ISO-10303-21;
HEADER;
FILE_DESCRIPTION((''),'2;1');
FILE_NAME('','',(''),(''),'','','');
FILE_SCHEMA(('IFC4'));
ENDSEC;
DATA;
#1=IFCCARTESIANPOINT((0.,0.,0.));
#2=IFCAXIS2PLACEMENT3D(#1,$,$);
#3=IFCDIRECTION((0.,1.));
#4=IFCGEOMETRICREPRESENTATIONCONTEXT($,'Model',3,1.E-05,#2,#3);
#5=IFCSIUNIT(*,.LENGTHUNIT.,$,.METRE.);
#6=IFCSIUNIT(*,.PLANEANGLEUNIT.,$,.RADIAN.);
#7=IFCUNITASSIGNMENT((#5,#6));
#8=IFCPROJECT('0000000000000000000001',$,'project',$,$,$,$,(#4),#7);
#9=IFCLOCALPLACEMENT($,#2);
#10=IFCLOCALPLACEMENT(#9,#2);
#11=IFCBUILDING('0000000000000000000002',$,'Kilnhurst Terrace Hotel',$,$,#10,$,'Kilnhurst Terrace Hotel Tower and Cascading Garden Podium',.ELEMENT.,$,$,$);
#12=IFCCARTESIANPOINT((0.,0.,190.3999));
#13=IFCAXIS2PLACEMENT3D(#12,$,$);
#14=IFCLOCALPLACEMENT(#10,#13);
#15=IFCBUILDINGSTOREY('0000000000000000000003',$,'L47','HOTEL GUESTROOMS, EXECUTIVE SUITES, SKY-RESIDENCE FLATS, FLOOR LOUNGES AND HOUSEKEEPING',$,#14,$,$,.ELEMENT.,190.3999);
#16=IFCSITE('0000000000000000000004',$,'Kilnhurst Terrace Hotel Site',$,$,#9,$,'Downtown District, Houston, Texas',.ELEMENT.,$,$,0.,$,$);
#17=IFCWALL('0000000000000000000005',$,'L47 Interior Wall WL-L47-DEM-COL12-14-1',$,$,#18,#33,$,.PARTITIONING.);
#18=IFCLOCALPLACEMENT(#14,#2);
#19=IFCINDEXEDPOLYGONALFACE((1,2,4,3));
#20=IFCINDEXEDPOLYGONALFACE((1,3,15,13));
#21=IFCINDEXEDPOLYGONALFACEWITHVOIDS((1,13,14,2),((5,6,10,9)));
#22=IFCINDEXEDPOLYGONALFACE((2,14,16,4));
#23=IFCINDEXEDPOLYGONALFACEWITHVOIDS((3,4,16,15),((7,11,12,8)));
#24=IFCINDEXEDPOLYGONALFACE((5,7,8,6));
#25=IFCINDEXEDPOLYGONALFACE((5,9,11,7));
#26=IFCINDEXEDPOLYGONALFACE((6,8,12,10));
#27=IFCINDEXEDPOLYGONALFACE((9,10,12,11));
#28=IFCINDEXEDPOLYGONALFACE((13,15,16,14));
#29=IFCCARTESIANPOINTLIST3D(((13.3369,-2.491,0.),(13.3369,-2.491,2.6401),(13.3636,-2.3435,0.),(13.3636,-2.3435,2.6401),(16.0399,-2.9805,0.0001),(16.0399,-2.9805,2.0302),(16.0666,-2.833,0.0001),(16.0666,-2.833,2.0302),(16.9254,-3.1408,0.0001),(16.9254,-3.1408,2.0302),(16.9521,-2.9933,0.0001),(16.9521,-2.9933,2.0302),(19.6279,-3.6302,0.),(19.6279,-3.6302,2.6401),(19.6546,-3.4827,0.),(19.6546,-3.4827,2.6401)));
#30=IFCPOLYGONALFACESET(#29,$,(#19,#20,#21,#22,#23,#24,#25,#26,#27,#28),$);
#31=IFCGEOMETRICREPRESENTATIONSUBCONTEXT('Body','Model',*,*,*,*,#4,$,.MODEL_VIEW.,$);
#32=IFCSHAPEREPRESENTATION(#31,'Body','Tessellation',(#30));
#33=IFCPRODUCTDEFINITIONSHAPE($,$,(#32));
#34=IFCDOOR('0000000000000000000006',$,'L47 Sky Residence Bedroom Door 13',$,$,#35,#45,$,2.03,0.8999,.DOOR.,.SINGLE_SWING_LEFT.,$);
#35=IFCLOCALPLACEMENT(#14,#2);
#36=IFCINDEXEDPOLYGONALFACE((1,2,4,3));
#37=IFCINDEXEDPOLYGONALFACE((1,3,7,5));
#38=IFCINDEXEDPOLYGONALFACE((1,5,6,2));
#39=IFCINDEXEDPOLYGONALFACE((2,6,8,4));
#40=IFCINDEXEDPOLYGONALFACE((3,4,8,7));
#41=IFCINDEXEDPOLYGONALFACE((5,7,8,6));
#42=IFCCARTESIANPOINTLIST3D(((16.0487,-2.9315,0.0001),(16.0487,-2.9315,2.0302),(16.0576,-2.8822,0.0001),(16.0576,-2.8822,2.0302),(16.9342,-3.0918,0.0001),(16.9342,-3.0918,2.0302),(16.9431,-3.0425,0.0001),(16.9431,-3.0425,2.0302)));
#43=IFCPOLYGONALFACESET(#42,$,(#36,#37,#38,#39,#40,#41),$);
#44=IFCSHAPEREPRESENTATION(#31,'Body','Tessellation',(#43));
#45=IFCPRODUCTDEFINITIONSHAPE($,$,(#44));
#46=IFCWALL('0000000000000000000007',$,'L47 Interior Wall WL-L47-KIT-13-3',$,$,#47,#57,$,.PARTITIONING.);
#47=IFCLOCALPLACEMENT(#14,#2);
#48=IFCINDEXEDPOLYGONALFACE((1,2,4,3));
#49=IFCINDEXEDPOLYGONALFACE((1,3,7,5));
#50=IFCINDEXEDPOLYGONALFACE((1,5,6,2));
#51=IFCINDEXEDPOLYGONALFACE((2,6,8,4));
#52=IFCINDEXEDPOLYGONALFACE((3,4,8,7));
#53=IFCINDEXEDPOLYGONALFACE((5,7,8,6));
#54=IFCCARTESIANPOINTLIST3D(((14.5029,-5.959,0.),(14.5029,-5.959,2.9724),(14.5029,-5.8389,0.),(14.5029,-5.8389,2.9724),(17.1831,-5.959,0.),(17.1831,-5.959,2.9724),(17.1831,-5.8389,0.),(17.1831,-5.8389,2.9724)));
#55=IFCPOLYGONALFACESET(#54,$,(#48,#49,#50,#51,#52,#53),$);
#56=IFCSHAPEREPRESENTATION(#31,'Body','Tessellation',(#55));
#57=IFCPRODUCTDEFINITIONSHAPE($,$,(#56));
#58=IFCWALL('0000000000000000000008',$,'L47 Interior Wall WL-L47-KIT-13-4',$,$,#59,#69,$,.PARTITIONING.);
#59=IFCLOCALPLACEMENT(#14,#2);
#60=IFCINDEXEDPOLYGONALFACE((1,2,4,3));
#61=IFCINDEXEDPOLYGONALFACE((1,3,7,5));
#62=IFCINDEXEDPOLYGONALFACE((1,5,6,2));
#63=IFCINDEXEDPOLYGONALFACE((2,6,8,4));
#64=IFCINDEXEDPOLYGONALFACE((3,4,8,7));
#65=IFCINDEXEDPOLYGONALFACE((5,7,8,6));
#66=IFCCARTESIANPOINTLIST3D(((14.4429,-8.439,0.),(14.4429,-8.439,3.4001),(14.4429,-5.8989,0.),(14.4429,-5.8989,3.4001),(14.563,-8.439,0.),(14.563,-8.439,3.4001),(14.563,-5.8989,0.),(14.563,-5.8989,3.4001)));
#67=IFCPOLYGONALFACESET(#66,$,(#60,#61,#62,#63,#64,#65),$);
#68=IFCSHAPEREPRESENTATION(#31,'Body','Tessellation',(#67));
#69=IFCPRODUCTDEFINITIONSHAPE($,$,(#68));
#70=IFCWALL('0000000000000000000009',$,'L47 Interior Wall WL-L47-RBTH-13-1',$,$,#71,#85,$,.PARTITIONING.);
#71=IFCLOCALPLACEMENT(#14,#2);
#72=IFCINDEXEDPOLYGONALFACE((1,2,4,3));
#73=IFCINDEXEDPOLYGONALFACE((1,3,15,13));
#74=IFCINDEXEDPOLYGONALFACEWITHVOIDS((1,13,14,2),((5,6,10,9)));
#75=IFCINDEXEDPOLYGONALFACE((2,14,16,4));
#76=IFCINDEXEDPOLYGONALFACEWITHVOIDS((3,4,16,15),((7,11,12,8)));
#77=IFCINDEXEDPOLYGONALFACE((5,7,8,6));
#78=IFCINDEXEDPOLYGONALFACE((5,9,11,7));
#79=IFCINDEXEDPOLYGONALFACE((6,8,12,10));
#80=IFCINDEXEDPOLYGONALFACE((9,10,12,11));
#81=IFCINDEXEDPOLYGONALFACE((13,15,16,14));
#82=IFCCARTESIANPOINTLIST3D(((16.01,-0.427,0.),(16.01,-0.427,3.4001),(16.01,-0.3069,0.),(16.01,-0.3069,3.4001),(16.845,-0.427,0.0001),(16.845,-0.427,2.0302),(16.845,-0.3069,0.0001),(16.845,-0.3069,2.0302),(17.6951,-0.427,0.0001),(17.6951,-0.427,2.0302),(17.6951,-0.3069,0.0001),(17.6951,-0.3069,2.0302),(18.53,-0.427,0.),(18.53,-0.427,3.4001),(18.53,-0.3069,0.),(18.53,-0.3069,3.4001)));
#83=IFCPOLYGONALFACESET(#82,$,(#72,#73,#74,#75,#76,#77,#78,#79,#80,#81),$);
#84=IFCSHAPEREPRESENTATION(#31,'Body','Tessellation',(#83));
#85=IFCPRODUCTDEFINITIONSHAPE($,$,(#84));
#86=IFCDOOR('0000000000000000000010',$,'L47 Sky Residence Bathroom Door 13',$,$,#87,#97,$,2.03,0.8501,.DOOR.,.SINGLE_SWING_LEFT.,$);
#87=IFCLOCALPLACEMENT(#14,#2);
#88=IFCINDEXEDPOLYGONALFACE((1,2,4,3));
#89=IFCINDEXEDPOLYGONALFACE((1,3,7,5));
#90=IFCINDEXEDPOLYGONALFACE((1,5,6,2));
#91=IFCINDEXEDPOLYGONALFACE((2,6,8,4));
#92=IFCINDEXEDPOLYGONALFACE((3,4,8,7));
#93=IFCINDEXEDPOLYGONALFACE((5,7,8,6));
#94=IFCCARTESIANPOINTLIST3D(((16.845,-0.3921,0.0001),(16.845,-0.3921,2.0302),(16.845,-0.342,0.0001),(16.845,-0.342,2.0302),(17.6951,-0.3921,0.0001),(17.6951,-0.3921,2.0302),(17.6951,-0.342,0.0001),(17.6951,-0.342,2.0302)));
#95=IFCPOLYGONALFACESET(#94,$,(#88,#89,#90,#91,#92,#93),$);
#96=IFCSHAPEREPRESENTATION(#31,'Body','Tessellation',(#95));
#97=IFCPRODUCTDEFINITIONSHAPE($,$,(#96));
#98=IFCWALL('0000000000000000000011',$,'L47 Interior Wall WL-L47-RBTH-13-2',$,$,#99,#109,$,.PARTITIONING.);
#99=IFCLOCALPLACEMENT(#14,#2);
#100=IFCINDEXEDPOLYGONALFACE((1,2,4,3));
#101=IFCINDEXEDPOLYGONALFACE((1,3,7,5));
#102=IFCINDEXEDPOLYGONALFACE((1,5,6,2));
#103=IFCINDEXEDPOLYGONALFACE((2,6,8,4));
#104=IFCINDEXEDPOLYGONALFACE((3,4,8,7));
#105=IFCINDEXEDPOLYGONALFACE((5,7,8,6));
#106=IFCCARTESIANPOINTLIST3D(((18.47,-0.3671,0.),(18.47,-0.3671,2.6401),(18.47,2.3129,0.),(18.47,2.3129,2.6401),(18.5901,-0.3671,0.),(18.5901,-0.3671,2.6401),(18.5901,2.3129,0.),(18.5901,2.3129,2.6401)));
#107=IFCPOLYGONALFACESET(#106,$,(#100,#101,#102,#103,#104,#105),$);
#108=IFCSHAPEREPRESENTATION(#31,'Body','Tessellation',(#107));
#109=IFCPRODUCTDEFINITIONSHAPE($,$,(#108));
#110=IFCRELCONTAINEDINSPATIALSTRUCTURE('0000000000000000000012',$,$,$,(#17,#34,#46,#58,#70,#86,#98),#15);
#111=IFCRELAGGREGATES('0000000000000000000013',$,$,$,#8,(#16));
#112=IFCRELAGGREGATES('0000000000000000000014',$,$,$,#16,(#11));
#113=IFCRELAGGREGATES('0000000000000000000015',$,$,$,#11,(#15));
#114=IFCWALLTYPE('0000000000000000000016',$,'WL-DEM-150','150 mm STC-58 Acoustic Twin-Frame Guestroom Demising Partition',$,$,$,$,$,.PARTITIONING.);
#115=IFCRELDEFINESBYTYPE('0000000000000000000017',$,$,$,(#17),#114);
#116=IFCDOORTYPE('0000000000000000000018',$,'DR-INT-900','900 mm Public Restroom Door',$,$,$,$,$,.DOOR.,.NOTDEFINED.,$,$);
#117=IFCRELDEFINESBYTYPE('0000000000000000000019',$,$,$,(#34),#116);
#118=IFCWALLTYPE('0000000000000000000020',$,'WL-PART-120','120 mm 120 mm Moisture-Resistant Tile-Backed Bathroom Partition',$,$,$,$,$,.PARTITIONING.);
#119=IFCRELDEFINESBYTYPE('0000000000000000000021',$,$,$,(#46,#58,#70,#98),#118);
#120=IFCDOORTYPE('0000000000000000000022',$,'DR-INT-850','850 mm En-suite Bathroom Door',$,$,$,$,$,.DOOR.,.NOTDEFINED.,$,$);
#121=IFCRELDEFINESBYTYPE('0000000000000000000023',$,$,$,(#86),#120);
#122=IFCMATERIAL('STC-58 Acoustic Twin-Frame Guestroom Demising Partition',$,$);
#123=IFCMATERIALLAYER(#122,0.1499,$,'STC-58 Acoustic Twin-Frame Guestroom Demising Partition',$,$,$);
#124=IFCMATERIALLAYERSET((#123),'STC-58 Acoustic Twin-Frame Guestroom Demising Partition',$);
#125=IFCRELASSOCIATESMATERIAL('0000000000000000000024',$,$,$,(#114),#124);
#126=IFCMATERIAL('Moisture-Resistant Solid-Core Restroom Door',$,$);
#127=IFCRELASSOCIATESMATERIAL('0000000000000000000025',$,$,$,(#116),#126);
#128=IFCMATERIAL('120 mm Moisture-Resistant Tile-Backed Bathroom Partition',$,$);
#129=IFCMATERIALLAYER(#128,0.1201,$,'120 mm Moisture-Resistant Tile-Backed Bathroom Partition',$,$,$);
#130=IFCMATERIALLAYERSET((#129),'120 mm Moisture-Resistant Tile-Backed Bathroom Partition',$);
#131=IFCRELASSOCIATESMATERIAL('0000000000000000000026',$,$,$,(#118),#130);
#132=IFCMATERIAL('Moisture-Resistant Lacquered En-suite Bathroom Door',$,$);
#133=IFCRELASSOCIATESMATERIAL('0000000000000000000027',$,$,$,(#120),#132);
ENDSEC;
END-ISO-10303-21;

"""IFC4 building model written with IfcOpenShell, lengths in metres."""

from ifc_helpers import new_model, si_unit, direction, frame, frame_2d, origin, place, context, subcontext, project, spatial, rectangle, extrude, material, layer, layer_set, type_object, element, fill, save


model = new_model("IFC4")

# Units and contexts
model_context = context("Model", 3, precision=1e-05, world=origin(), true_north=direction((0.0, 1.0)))
body_context = subcontext(model_context, "Body", "Model", "MODEL_VIEW")
ifc_project = project(units=[si_unit("LENGTHUNIT", "METRE"), si_unit("PLANEANGLEUNIT", "RADIAN")], contexts=[model_context])

# Site, building, storey
site_placement = place(None, origin())
site = spatial("IfcSite", under=ifc_project, at=site_placement, Name="Kilnhurst Terrace Hotel Site", LongName="Downtown District, Houston, Texas", CompositionType="ELEMENT", RefElevation=0.0)
building_placement = place(site_placement, origin())
building = spatial("IfcBuilding", under=site, at=building_placement, Name="Kilnhurst Terrace Hotel", LongName="Kilnhurst Terrace Hotel Tower and Cascading Garden Podium", CompositionType="ELEMENT")
storey_placement = place(building_placement, frame((0.0, 0.0, 190.3999)))
storey = spatial("IfcBuildingStorey", under=building, at=storey_placement, Name="L47", Description="HOTEL GUESTROOMS, EXECUTIVE SUITES, SKY-RESIDENCE FLATS, FLOOR LOUNGES AND HOUSEKEEPING", CompositionType="ELEMENT", Elevation=190.3999)

# Wall, opening, door
ifc_material_1 = material(Name="STC-58 Acoustic Twin-Frame Guestroom Demising Partition")
ifc_layer_1 = layer(ifc_material_1, 0.1499, Name="STC-58 Acoustic Twin-Frame Guestroom Demising Partition")
ifc_layer_set_1 = layer_set([ifc_layer_1], Name="STC-58 Acoustic Twin-Frame Guestroom Demising Partition")
wall_type_1 = type_object("IfcWallType", Name="WL-DEM-150", Description="150 mm STC-58 Acoustic Twin-Frame Guestroom Demising Partition", PredefinedType="PARTITIONING", material=ifc_layer_set_1)
wall_1_placement = place(storey_placement, frame((13.3501, -2.4172, 0.0), z_axis=(0.0, 0.0, 1.0), x_axis=(0.983998, -0.17818, 0.0)))
wall_1 = element("IfcWall", 1, at=wall_1_placement, inside=storey, type_object=wall_type_1, Name="L47 Interior Wall WL-L47-DEM-COL12-14-1", PredefinedType="PARTITIONING", context=body_context, shape_type="SweptSolid", body=[
    extrude(rectangle(XDim=6.3933, YDim=0.1499, at=frame_2d((3.1968, 0.0))), origin(), (0.0, 0.0, 1.0), 2.6401),
])
opening_1_placement = place(wall_1_placement, frame((2.7471, 0.0, 0.0)))
opening_1 = element("IfcOpeningElement", 2, at=opening_1_placement, cuts=wall_1, PredefinedType="OPENING", context=body_context, shape_type="SweptSolid", body=[
    extrude(rectangle(XDim=0.8999, YDim=2.03, at=frame_2d((0.45, 1.0151))), frame((0.0, 0.085, 0.0), z_axis=(0.0, -1.0, 0.0), x_axis=(1.0, 0.0, 0.0)), (0.0, 0.0, 1.0), 0.1699),
])
ifc_material_2 = material(Name="Moisture-Resistant Solid-Core Restroom Door")
door_type_1 = type_object("IfcDoorType", Name="DR-INT-900", Description="900 mm Public Restroom Door", OperationType="NOTDEFINED", PredefinedType="DOOR", material=ifc_material_2)
door_1_placement = place(opening_1_placement, origin())
door_1 = element("IfcDoor", 3, at=door_1_placement, inside=storey, type_object=door_type_1, Name="L47 Sky Residence Bedroom Door 13", OperationType="SINGLE_SWING_LEFT", OverallHeight=2.03, OverallWidth=0.8999, PredefinedType="DOOR", context=body_context, shape_type="SweptSolid", body=[
    extrude(rectangle(XDim=0.8999, YDim=2.03, at=frame_2d((0.45, 1.0151))), frame((0.0, 0.0249, 0.0), z_axis=(0.0, -1.0, 0.0), x_axis=(1.0, 0.0, 0.0)), (0.0, 0.0, 1.0), 0.05),
])
fill(opening_1, door_1)

# Walls
ifc_material_3 = material(Name="120 mm Moisture-Resistant Tile-Backed Bathroom Partition")
ifc_layer_2 = layer(ifc_material_3, 0.1201, Name="120 mm Moisture-Resistant Tile-Backed Bathroom Partition")
ifc_layer_set_2 = layer_set([ifc_layer_2], Name="120 mm Moisture-Resistant Tile-Backed Bathroom Partition")
wall_type_2 = type_object("IfcWallType", Name="WL-PART-120", Description="120 mm 120 mm Moisture-Resistant Tile-Backed Bathroom Partition", PredefinedType="PARTITIONING", material=ifc_layer_set_2)
wall_2_placement = place(storey_placement, frame((17.1831, -5.8989, 0.0), z_axis=(0.0, 0.0, 1.0), x_axis=(-1.0, 0.0, 0.0)))
element("IfcWall", 4, at=wall_2_placement, inside=storey, type_object=wall_type_2, Name="L47 Interior Wall WL-L47-KIT-13-3", PredefinedType="PARTITIONING", context=body_context, shape_type="SweptSolid", body=[
    extrude(rectangle(XDim=2.6802, YDim=0.1201, at=frame_2d((1.3401, 0.0))), origin(), (0.0, 0.0, 1.0), 2.9724),
])
wall_3_placement = place(storey_placement, frame((14.5029, -5.8989, 0.0), z_axis=(0.0, 0.0, 1.0), x_axis=(0.0, -1.0, 0.0)))
element("IfcWall", 5, at=wall_3_placement, inside=storey, type_object=wall_type_2, Name="L47 Interior Wall WL-L47-KIT-13-4", PredefinedType="PARTITIONING", context=body_context, shape_type="SweptSolid", body=[
    extrude(rectangle(XDim=2.54, YDim=0.1201, at=frame_2d((1.27, 0.0))), origin(), (0.0, 0.0, 1.0), 3.4001),
])

# Wall, opening, door
wall_4_placement = place(storey_placement, frame((16.01, -0.3669, 0.0), z_axis=(0.0, 0.0, 1.0), x_axis=(1.0, 0.0, 0.0)))
wall_4 = element("IfcWall", 6, at=wall_4_placement, inside=storey, type_object=wall_type_2, Name="L47 Interior Wall WL-L47-RBTH-13-1", PredefinedType="PARTITIONING", context=body_context, shape_type="SweptSolid", body=[
    extrude(rectangle(XDim=2.52, YDim=0.1201, at=frame_2d((1.26, 0.0))), origin(), (0.0, 0.0, 1.0), 3.4001),
])
opening_2_placement = place(wall_4_placement, frame((0.835, 0.0, 0.0)))
opening_2 = element("IfcOpeningElement", 7, at=opening_2_placement, cuts=wall_4, PredefinedType="OPENING", context=body_context, shape_type="SweptSolid", body=[
    extrude(rectangle(XDim=0.8501, YDim=2.03, at=frame_2d((0.425, 1.0151))), frame((0.0, 0.0701, 0.0), z_axis=(0.0, -1.0, 0.0), x_axis=(1.0, 0.0, 0.0)), (0.0, 0.0, 1.0), 0.1401),
])
ifc_material_4 = material(Name="Moisture-Resistant Lacquered En-suite Bathroom Door")
door_type_2 = type_object("IfcDoorType", Name="DR-INT-850", Description="850 mm En-suite Bathroom Door", OperationType="NOTDEFINED", PredefinedType="DOOR", material=ifc_material_4)
door_2_placement = place(opening_2_placement, origin())
door_2 = element("IfcDoor", 8, at=door_2_placement, inside=storey, type_object=door_type_2, Name="L47 Sky Residence Bathroom Door 13", OperationType="SINGLE_SWING_LEFT", OverallHeight=2.03, OverallWidth=0.8501, PredefinedType="DOOR", context=body_context, shape_type="SweptSolid", body=[
    extrude(rectangle(XDim=0.8501, YDim=2.03, at=frame_2d((0.425, 1.0151))), frame((0.0, 0.0249, 0.0), z_axis=(0.0, -1.0, 0.0), x_axis=(1.0, 0.0, 0.0)), (0.0, 0.0, 1.0), 0.05),
])
fill(opening_2, door_2)

# Wall
wall_5_placement = place(storey_placement, frame((18.53, -0.3669, 0.0), z_axis=(0.0, 0.0, 1.0), x_axis=(0.0, 1.0, 0.0)))
element("IfcWall", 9, at=wall_5_placement, inside=storey, type_object=wall_type_2, Name="L47 Interior Wall WL-L47-RBTH-13-2", PredefinedType="PARTITIONING", context=body_context, shape_type="SweptSolid", body=[
    extrude(rectangle(XDim=2.6799, YDim=0.1201, at=frame_2d((1.3398, 0.0))), origin(), (0.0, 0.0, 1.0), 2.6401),
])

save(model, "model.ifc")
